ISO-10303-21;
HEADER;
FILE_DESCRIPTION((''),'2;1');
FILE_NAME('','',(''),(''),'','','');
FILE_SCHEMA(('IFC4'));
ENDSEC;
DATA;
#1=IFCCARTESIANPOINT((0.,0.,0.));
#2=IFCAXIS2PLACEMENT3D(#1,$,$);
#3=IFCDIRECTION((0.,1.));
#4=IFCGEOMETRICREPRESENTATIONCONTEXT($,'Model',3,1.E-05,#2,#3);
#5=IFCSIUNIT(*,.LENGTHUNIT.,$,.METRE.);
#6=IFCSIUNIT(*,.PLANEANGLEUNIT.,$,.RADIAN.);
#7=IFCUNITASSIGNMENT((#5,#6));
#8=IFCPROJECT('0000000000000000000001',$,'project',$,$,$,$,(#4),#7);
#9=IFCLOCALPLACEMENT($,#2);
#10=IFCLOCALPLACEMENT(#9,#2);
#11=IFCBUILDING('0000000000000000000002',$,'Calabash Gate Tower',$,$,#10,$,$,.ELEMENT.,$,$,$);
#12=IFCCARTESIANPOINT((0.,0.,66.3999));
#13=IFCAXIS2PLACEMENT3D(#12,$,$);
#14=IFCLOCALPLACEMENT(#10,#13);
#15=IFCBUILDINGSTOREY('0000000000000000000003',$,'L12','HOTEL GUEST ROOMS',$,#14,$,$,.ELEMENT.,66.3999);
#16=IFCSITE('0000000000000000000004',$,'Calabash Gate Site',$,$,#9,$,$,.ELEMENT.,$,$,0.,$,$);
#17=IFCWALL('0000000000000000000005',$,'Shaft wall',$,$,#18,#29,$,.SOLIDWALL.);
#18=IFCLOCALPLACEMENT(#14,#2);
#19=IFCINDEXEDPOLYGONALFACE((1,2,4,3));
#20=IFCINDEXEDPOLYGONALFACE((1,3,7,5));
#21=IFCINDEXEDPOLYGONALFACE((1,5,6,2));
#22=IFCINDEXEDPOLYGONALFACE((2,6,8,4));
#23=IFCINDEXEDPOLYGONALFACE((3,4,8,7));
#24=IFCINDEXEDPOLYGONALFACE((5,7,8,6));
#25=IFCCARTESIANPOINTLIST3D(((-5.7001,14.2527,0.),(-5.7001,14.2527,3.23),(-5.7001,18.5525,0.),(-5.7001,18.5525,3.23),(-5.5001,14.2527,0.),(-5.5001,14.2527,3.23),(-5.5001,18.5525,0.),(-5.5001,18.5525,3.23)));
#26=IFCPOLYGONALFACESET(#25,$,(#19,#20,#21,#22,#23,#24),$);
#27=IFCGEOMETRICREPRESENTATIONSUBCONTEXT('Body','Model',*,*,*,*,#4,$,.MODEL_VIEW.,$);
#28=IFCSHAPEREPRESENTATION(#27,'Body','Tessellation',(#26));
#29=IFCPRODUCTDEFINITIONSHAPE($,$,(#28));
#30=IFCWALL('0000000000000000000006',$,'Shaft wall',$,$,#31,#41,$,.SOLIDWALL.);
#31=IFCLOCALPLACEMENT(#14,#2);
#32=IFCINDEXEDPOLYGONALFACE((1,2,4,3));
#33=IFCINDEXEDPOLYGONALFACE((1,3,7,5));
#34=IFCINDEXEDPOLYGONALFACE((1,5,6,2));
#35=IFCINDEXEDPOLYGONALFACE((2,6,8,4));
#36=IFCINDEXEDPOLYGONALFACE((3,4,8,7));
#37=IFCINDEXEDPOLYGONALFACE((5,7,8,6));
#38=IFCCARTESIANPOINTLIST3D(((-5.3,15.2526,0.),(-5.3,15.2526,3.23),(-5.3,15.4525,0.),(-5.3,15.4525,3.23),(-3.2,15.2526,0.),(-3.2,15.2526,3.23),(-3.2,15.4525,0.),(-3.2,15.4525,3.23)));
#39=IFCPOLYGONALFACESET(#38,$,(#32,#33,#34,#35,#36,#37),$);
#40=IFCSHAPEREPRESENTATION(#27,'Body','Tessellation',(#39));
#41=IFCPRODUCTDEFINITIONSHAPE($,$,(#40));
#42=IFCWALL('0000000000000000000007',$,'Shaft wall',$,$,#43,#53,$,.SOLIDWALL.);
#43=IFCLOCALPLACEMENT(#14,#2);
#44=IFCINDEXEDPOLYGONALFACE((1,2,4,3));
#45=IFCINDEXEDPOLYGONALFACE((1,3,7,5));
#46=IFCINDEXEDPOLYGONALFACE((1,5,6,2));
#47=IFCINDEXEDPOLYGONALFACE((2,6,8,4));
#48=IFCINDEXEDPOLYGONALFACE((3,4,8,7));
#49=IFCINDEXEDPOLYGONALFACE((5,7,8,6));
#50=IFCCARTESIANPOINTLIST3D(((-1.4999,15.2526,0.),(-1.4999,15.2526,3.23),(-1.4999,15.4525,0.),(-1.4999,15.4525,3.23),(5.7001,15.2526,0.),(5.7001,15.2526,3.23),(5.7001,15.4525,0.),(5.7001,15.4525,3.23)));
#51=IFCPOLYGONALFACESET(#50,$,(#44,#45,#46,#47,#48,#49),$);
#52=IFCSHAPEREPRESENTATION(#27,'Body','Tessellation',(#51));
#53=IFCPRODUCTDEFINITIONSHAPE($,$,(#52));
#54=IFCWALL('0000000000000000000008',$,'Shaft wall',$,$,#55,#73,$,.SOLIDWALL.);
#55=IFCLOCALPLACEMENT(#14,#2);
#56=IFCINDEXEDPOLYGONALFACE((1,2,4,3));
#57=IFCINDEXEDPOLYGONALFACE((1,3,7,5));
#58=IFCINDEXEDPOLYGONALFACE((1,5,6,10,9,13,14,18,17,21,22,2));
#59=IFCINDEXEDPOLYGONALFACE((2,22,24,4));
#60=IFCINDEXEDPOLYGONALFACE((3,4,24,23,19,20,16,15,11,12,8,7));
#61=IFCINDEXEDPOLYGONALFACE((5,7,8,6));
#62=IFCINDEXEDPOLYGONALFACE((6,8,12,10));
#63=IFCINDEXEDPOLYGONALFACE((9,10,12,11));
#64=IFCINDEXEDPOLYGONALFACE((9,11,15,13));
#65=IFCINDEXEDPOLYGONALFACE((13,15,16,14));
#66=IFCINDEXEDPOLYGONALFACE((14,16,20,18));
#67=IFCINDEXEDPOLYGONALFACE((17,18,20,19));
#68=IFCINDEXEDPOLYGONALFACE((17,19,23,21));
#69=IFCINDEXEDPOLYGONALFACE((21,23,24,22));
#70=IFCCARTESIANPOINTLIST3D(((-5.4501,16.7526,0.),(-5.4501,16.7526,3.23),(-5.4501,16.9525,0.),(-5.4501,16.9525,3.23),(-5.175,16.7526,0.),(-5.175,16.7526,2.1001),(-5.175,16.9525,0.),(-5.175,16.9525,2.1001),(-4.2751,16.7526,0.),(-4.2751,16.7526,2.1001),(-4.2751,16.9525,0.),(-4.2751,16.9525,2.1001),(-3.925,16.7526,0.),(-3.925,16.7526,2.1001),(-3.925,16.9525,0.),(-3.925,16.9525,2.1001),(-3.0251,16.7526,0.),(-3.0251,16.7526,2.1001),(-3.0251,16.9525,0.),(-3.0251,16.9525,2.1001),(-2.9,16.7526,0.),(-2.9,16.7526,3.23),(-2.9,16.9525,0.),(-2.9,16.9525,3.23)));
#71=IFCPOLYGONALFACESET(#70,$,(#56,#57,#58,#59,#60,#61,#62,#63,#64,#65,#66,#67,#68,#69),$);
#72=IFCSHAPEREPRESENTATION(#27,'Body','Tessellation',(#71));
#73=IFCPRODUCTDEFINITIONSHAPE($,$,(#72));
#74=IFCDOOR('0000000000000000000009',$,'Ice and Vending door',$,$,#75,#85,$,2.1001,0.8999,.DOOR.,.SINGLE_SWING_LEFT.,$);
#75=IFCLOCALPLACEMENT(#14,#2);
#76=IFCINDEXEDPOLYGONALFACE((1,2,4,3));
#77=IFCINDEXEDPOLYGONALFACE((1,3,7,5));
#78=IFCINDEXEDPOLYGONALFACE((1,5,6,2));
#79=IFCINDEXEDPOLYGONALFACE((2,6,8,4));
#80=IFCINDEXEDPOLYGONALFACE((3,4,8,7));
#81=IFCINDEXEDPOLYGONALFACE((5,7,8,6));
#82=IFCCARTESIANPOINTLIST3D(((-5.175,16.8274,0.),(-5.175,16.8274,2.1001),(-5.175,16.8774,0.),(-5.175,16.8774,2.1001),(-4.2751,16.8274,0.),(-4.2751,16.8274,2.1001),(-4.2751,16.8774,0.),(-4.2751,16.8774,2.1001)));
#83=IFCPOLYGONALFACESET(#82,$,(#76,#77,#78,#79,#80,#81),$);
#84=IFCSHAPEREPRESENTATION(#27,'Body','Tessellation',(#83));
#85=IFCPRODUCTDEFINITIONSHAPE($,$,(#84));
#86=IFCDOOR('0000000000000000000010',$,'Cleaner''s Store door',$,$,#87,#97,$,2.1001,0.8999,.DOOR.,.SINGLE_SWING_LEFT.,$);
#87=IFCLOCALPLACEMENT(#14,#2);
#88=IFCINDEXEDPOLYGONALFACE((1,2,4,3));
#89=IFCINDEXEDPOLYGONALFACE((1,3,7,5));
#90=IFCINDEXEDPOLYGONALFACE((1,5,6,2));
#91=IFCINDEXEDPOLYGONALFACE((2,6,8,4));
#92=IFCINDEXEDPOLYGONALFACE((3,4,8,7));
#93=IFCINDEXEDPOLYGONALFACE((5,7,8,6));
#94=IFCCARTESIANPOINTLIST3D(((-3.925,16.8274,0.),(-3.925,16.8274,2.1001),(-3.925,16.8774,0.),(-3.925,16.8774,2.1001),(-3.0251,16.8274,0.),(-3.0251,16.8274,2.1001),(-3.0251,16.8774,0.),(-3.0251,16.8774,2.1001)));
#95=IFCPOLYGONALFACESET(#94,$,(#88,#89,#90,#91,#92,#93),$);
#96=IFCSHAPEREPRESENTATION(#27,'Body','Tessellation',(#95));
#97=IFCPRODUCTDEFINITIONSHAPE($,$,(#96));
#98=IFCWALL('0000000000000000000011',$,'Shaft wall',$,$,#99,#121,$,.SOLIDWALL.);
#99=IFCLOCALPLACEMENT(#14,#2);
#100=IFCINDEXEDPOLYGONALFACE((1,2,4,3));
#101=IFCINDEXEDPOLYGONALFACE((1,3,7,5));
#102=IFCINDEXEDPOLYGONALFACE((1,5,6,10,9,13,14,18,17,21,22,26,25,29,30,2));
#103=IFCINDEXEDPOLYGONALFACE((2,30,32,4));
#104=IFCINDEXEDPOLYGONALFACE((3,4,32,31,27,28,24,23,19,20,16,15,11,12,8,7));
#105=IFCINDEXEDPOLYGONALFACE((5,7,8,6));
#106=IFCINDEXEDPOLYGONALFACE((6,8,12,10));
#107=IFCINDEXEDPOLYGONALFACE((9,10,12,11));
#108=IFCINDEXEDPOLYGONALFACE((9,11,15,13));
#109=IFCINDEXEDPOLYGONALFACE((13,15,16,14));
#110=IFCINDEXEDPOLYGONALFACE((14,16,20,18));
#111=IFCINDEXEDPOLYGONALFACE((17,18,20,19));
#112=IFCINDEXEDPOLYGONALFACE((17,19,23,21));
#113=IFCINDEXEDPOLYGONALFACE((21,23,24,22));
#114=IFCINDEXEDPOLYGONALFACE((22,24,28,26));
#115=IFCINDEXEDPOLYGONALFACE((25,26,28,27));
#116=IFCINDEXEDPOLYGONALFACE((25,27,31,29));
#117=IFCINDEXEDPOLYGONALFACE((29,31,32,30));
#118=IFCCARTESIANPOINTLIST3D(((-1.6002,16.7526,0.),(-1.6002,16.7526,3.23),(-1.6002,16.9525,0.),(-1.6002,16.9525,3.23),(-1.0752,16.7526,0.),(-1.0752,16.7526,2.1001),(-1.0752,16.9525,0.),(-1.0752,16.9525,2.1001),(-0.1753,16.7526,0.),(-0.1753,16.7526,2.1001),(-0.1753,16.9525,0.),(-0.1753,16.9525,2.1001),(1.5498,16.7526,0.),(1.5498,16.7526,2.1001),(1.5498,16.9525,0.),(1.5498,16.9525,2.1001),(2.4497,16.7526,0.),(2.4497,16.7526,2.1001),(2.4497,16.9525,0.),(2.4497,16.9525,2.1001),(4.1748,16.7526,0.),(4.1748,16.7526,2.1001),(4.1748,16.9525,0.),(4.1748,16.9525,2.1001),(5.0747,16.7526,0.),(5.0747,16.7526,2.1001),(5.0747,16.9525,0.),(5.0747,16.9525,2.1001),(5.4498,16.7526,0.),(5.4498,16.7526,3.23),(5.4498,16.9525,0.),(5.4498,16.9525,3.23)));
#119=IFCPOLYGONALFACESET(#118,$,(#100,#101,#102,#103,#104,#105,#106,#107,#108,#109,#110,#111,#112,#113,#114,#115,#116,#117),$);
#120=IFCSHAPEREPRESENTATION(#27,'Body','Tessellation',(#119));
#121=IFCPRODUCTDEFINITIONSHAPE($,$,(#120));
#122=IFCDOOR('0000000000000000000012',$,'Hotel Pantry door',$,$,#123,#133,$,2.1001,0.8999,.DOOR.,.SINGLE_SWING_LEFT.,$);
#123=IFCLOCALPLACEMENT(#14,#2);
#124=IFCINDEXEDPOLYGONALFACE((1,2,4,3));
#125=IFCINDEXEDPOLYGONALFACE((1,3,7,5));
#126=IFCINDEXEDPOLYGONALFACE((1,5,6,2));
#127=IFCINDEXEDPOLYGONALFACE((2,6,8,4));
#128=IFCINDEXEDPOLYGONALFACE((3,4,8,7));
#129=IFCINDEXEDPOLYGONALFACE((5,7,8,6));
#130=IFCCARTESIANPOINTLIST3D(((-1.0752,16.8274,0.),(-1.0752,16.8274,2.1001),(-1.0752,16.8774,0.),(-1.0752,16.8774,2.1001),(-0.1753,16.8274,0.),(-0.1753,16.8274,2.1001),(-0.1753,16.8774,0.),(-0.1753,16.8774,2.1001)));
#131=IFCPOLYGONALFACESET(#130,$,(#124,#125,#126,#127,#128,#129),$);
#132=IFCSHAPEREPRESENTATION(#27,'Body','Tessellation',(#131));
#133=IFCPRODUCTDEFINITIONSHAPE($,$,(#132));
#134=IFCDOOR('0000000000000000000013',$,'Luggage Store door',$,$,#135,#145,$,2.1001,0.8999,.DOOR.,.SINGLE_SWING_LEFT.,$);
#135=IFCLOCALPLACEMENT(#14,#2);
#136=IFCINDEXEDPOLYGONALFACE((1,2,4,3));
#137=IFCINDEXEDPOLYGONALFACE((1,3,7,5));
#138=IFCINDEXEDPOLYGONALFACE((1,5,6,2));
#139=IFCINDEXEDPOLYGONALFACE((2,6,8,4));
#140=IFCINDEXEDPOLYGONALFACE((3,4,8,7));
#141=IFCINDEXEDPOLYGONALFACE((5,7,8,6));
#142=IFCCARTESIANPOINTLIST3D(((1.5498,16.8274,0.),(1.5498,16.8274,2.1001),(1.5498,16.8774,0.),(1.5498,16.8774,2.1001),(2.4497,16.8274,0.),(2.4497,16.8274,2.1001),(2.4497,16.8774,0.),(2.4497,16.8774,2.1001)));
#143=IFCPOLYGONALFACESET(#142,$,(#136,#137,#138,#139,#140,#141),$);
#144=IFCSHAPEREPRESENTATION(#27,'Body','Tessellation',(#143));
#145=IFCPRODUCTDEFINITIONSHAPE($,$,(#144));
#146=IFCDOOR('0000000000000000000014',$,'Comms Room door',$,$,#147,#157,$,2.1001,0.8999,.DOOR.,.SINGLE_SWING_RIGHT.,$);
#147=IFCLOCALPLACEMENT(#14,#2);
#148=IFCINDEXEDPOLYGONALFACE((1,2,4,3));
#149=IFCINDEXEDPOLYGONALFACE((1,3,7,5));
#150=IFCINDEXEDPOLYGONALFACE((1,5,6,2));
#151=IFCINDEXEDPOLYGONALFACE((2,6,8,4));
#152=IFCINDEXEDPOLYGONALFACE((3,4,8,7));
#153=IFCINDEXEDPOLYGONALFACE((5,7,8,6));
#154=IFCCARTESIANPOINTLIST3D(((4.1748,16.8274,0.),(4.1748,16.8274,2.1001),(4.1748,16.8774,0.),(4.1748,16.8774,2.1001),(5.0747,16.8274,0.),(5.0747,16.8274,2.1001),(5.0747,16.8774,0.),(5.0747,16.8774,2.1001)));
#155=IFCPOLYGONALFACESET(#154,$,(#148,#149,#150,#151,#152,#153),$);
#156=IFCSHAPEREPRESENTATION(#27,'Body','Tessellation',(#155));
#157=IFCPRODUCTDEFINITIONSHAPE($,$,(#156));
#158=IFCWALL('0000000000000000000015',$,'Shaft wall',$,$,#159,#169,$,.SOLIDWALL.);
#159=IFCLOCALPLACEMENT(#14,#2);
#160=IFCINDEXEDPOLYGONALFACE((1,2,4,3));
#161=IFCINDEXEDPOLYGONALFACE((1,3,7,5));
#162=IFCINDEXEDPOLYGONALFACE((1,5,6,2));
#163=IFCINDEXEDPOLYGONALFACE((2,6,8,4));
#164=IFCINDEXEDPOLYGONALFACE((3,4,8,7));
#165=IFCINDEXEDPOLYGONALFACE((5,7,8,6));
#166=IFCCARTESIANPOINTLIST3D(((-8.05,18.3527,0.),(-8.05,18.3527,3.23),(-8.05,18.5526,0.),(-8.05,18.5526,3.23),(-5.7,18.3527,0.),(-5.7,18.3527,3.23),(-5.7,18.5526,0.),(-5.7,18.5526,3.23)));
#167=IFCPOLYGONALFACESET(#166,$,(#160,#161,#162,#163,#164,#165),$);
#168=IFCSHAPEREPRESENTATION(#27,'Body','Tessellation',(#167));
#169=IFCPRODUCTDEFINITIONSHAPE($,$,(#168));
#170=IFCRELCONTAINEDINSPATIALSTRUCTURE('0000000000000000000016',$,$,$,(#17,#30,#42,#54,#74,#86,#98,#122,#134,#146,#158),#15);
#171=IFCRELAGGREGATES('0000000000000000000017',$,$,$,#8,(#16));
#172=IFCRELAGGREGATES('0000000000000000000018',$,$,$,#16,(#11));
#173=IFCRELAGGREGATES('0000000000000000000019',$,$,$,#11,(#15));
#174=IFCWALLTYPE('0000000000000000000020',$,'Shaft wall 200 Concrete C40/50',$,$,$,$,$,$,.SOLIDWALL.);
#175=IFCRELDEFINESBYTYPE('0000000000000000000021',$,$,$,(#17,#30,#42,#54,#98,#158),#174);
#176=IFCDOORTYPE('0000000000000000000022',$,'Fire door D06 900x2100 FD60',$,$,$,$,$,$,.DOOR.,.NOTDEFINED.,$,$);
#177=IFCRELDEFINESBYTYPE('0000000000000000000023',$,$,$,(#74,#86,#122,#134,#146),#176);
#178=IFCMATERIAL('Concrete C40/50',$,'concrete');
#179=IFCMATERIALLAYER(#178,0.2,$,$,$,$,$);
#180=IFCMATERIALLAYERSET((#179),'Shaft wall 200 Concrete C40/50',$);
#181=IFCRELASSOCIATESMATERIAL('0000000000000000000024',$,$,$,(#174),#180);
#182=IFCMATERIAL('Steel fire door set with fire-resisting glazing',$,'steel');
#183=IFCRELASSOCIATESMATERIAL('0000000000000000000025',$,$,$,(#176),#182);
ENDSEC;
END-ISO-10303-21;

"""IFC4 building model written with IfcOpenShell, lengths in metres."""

from ifc_helpers import new_model, si_unit, direction, frame, frame_2d, origin, place, context, subcontext, project, spatial, rectangle, extrude, material, layer, layer_set, type_object, element, fill, save


model = new_model("IFC4")

# Units and contexts
model_context = context("Model", 3, precision=1e-05, world=origin(), true_north=direction((0.0, 1.0)))
body_context = subcontext(model_context, "Body", "Model", "MODEL_VIEW")
ifc_project = project(units=[si_unit("LENGTHUNIT", "METRE"), si_unit("PLANEANGLEUNIT", "RADIAN")], contexts=[model_context])

# Site, building, storey
site_placement = place(None, origin())
site = spatial("IfcSite", under=ifc_project, at=site_placement, Name="Calabash Gate Site", CompositionType="ELEMENT", RefElevation=0.0)
building_placement = place(site_placement, origin())
building = spatial("IfcBuilding", under=site, at=building_placement, Name="Calabash Gate Tower", CompositionType="ELEMENT")
storey_placement = place(building_placement, frame((0.0, 0.0, 66.3999)))
storey = spatial("IfcBuildingStorey", under=building, at=storey_placement, Name="L12", Description="HOTEL GUEST ROOMS", CompositionType="ELEMENT", Elevation=66.3999)

# Shared definitions
ifc_material_1 = material(Name="Concrete C40/50", Category="concrete")
ifc_layer_1 = layer(ifc_material_1, 0.2)
ifc_layer_set_1 = layer_set([ifc_layer_1], Name="Shaft wall 200 Concrete C40/50")
wall_type_1 = type_object("IfcWallType", Name="Shaft wall 200 Concrete C40/50", PredefinedType="SOLIDWALL", material=ifc_layer_set_1)
ifc_material_2 = material(Name="Steel fire door set with fire-resisting glazing", Category="steel")
door_type_1 = type_object("IfcDoorType", Name="Fire door D06 900x2100 FD60", OperationType="NOTDEFINED", PredefinedType="DOOR", material=ifc_material_2)

# Walls
wall_1_placement = place(storey_placement, frame((-5.6001, 14.2527, 0.0), z_axis=(0.0, 0.0, 1.0), x_axis=(0.0, 1.0, 0.0)))
element("IfcWall", 1, at=wall_1_placement, inside=storey, type_object=wall_type_1, Name="Shaft wall", PredefinedType="SOLIDWALL", context=body_context, shape_type="SweptSolid", body=[
    extrude(rectangle(XDim=4.2998, YDim=0.2, at=frame_2d((2.1499, 0.0))), origin(), (0.0, 0.0, 1.0), 3.23),
])
wall_2_placement = place(storey_placement, frame((-5.3, 15.3525, 0.0), z_axis=(0.0, 0.0, 1.0), x_axis=(1.0, 0.0, 0.0)))
element("IfcWall", 2, at=wall_2_placement, inside=storey, type_object=wall_type_1, Name="Shaft wall", PredefinedType="SOLIDWALL", context=body_context, shape_type="SweptSolid", body=[
    extrude(rectangle(XDim=2.1001, YDim=0.2, at=frame_2d((1.05, 0.0))), origin(), (0.0, 0.0, 1.0), 3.23),
])
wall_3_placement = place(storey_placement, frame((-1.5, 15.3525, 0.0), z_axis=(0.0, 0.0, 1.0), x_axis=(1.0, 0.0, 0.0)))
element("IfcWall", 3, at=wall_3_placement, inside=storey, type_object=wall_type_1, Name="Shaft wall", PredefinedType="SOLIDWALL", context=body_context, shape_type="SweptSolid", body=[
    extrude(rectangle(XDim=7.2, YDim=0.2, at=frame_2d((3.6001, 0.0))), origin(), (0.0, 0.0, 1.0), 3.23),
])

# Walls, openings, doors
wall_4_placement = place(storey_placement, frame((-5.45, 16.8525, 0.0), z_axis=(0.0, 0.0, 1.0), x_axis=(1.0, 0.0, 0.0)))
wall_4 = element("IfcWall", 4, at=wall_4_placement, inside=storey, type_object=wall_type_1, Name="Shaft wall", PredefinedType="SOLIDWALL", context=body_context, shape_type="SweptSolid", body=[
    extrude(rectangle(XDim=2.55, YDim=0.2, at=frame_2d((1.2749, 0.0))), origin(), (0.0, 0.0, 1.0), 3.23),
])
opening_1_placement = place(wall_4_placement, frame((0.2749, 0.0, 0.0)))
opening_1 = element("IfcOpeningElement", 5, at=opening_1_placement, cuts=wall_4, PredefinedType="OPENING", context=body_context, shape_type="SweptSolid", body=[
    extrude(rectangle(XDim=0.8999, YDim=2.1001, at=frame_2d((0.45, 1.05))), frame((0.0, 0.1099, 0.0), z_axis=(0.0, -1.0, 0.0), x_axis=(1.0, 0.0, 0.0)), (0.0, 0.0, 1.0), 0.22),
])
opening_2_placement = place(wall_4_placement, frame((1.5249, 0.0, 0.0)))
opening_2 = element("IfcOpeningElement", 6, at=opening_2_placement, cuts=wall_4, PredefinedType="OPENING", context=body_context, shape_type="SweptSolid", body=[
    extrude(rectangle(XDim=0.8999, YDim=2.1001, at=frame_2d((0.45, 1.05))), frame((0.0, 0.1099, 0.0), z_axis=(0.0, -1.0, 0.0), x_axis=(1.0, 0.0, 0.0)), (0.0, 0.0, 1.0), 0.22),
])
door_1_placement = place(opening_1_placement, origin())
door_1 = element("IfcDoor", 7, at=door_1_placement, inside=storey, type_object=door_type_1, Name="Ice and Vending door", OperationType="SINGLE_SWING_LEFT", OverallHeight=2.1001, OverallWidth=0.8999, PredefinedType="DOOR", context=body_context, shape_type="SweptSolid", body=[
    extrude(rectangle(XDim=0.8999, YDim=2.1001, at=frame_2d((0.45, 1.05))), frame((0.0, 0.0249, 0.0), z_axis=(0.0, -1.0, 0.0), x_axis=(1.0, 0.0, 0.0)), (0.0, 0.0, 1.0), 0.05),
])
fill(opening_1, door_1)
door_2_placement = place(opening_2_placement, origin())
door_2 = element("IfcDoor", 8, at=door_2_placement, inside=storey, type_object=door_type_1, Name="Cleaner's Store door", OperationType="SINGLE_SWING_LEFT", OverallHeight=2.1001, OverallWidth=0.8999, PredefinedType="DOOR", context=body_context, shape_type="SweptSolid", body=[
    extrude(rectangle(XDim=0.8999, YDim=2.1001, at=frame_2d((0.45, 1.05))), frame((0.0, 0.0249, 0.0), z_axis=(0.0, -1.0, 0.0), x_axis=(1.0, 0.0, 0.0)), (0.0, 0.0, 1.0), 0.05),
])
fill(opening_2, door_2)
wall_5_placement = place(storey_placement, frame((-1.6001, 16.8525, 0.0), z_axis=(0.0, 0.0, 1.0), x_axis=(1.0, 0.0, 0.0)))
wall_5 = element("IfcWall", 9, at=wall_5_placement, inside=storey, type_object=wall_type_1, Name="Shaft wall", PredefinedType="SOLIDWALL", context=body_context, shape_type="SweptSolid", body=[
    extrude(rectangle(XDim=7.05, YDim=0.2, at=frame_2d((3.5249, 0.0))), origin(), (0.0, 0.0, 1.0), 3.23),
])
opening_3_placement = place(wall_5_placement, frame((0.5249, 0.0, 0.0)))
opening_3 = element("IfcOpeningElement", 10, at=opening_3_placement, cuts=wall_5, PredefinedType="OPENING", context=body_context, shape_type="SweptSolid", body=[
    extrude(rectangle(XDim=0.8999, YDim=2.1001, at=frame_2d((0.45, 1.05))), frame((0.0, 0.1099, 0.0), z_axis=(0.0, -1.0, 0.0), x_axis=(1.0, 0.0, 0.0)), (0.0, 0.0, 1.0), 0.22),
])
opening_4_placement = place(wall_5_placement, frame((3.1499, 0.0, 0.0)))
opening_4 = element("IfcOpeningElement", 11, at=opening_4_placement, cuts=wall_5, PredefinedType="OPENING", context=body_context, shape_type="SweptSolid", body=[
    extrude(rectangle(XDim=0.8999, YDim=2.1001, at=frame_2d((0.45, 1.05))), frame((0.0, 0.1099, 0.0), z_axis=(0.0, -1.0, 0.0), x_axis=(1.0, 0.0, 0.0)), (0.0, 0.0, 1.0), 0.22),
])
opening_5_placement = place(wall_5_placement, frame((5.7749, 0.0, 0.0)))
opening_5 = element("IfcOpeningElement", 12, at=opening_5_placement, cuts=wall_5, PredefinedType="OPENING", context=body_context, shape_type="SweptSolid", body=[
    extrude(rectangle(XDim=0.8999, YDim=2.1001, at=frame_2d((0.45, 1.05))), frame((0.0, 0.1099, 0.0), z_axis=(0.0, -1.0, 0.0), x_axis=(1.0, 0.0, 0.0)), (0.0, 0.0, 1.0), 0.22),
])
door_3_placement = place(opening_3_placement, origin())
door_3 = element("IfcDoor", 13, at=door_3_placement, inside=storey, type_object=door_type_1, Name="Hotel Pantry door", OperationType="SINGLE_SWING_LEFT", OverallHeight=2.1001, OverallWidth=0.8999, PredefinedType="DOOR", context=body_context, shape_type="SweptSolid", body=[
    extrude(rectangle(XDim=0.8999, YDim=2.1001, at=frame_2d((0.45, 1.05))), frame((0.0, 0.0249, 0.0), z_axis=(0.0, -1.0, 0.0), x_axis=(1.0, 0.0, 0.0)), (0.0, 0.0, 1.0), 0.05),
])
fill(opening_3, door_3)
door_4_placement = place(opening_4_placement, origin())
door_4 = element("IfcDoor", 14, at=door_4_placement, inside=storey, type_object=door_type_1, Name="Luggage Store door", OperationType="SINGLE_SWING_LEFT", OverallHeight=2.1001, OverallWidth=0.8999, PredefinedType="DOOR", context=body_context, shape_type="SweptSolid", body=[
    extrude(rectangle(XDim=0.8999, YDim=2.1001, at=frame_2d((0.45, 1.05))), frame((0.0, 0.0249, 0.0), z_axis=(0.0, -1.0, 0.0), x_axis=(1.0, 0.0, 0.0)), (0.0, 0.0, 1.0), 0.05),
])
fill(opening_4, door_4)
door_5_placement = place(opening_5_placement, origin())
door_5 = element("IfcDoor", 15, at=door_5_placement, inside=storey, type_object=door_type_1, Name="Comms Room door", OperationType="SINGLE_SWING_RIGHT", OverallHeight=2.1001, OverallWidth=0.8999, PredefinedType="DOOR", context=body_context, shape_type="SweptSolid", body=[
    extrude(rectangle(XDim=0.8999, YDim=2.1001, at=frame_2d((0.45, 1.05))), frame((0.0, 0.0249, 0.0), z_axis=(0.0, -1.0, 0.0), x_axis=(1.0, 0.0, 0.0)), (0.0, 0.0, 1.0), 0.05),
])
fill(opening_5, door_5)

# Wall
wall_6_placement = place(storey_placement, frame((-8.05, 18.4526, 0.0), z_axis=(0.0, 0.0, 1.0), x_axis=(1.0, 0.0, 0.0)))
element("IfcWall", 16, at=wall_6_placement, inside=storey, type_object=wall_type_1, Name="Shaft wall", PredefinedType="SOLIDWALL", context=body_context, shape_type="SweptSolid", body=[
    extrude(rectangle(XDim=2.3501, YDim=0.2, at=frame_2d((1.175, 0.0))), origin(), (0.0, 0.0, 1.0), 3.23),
])

save(model, "model.ifc")
